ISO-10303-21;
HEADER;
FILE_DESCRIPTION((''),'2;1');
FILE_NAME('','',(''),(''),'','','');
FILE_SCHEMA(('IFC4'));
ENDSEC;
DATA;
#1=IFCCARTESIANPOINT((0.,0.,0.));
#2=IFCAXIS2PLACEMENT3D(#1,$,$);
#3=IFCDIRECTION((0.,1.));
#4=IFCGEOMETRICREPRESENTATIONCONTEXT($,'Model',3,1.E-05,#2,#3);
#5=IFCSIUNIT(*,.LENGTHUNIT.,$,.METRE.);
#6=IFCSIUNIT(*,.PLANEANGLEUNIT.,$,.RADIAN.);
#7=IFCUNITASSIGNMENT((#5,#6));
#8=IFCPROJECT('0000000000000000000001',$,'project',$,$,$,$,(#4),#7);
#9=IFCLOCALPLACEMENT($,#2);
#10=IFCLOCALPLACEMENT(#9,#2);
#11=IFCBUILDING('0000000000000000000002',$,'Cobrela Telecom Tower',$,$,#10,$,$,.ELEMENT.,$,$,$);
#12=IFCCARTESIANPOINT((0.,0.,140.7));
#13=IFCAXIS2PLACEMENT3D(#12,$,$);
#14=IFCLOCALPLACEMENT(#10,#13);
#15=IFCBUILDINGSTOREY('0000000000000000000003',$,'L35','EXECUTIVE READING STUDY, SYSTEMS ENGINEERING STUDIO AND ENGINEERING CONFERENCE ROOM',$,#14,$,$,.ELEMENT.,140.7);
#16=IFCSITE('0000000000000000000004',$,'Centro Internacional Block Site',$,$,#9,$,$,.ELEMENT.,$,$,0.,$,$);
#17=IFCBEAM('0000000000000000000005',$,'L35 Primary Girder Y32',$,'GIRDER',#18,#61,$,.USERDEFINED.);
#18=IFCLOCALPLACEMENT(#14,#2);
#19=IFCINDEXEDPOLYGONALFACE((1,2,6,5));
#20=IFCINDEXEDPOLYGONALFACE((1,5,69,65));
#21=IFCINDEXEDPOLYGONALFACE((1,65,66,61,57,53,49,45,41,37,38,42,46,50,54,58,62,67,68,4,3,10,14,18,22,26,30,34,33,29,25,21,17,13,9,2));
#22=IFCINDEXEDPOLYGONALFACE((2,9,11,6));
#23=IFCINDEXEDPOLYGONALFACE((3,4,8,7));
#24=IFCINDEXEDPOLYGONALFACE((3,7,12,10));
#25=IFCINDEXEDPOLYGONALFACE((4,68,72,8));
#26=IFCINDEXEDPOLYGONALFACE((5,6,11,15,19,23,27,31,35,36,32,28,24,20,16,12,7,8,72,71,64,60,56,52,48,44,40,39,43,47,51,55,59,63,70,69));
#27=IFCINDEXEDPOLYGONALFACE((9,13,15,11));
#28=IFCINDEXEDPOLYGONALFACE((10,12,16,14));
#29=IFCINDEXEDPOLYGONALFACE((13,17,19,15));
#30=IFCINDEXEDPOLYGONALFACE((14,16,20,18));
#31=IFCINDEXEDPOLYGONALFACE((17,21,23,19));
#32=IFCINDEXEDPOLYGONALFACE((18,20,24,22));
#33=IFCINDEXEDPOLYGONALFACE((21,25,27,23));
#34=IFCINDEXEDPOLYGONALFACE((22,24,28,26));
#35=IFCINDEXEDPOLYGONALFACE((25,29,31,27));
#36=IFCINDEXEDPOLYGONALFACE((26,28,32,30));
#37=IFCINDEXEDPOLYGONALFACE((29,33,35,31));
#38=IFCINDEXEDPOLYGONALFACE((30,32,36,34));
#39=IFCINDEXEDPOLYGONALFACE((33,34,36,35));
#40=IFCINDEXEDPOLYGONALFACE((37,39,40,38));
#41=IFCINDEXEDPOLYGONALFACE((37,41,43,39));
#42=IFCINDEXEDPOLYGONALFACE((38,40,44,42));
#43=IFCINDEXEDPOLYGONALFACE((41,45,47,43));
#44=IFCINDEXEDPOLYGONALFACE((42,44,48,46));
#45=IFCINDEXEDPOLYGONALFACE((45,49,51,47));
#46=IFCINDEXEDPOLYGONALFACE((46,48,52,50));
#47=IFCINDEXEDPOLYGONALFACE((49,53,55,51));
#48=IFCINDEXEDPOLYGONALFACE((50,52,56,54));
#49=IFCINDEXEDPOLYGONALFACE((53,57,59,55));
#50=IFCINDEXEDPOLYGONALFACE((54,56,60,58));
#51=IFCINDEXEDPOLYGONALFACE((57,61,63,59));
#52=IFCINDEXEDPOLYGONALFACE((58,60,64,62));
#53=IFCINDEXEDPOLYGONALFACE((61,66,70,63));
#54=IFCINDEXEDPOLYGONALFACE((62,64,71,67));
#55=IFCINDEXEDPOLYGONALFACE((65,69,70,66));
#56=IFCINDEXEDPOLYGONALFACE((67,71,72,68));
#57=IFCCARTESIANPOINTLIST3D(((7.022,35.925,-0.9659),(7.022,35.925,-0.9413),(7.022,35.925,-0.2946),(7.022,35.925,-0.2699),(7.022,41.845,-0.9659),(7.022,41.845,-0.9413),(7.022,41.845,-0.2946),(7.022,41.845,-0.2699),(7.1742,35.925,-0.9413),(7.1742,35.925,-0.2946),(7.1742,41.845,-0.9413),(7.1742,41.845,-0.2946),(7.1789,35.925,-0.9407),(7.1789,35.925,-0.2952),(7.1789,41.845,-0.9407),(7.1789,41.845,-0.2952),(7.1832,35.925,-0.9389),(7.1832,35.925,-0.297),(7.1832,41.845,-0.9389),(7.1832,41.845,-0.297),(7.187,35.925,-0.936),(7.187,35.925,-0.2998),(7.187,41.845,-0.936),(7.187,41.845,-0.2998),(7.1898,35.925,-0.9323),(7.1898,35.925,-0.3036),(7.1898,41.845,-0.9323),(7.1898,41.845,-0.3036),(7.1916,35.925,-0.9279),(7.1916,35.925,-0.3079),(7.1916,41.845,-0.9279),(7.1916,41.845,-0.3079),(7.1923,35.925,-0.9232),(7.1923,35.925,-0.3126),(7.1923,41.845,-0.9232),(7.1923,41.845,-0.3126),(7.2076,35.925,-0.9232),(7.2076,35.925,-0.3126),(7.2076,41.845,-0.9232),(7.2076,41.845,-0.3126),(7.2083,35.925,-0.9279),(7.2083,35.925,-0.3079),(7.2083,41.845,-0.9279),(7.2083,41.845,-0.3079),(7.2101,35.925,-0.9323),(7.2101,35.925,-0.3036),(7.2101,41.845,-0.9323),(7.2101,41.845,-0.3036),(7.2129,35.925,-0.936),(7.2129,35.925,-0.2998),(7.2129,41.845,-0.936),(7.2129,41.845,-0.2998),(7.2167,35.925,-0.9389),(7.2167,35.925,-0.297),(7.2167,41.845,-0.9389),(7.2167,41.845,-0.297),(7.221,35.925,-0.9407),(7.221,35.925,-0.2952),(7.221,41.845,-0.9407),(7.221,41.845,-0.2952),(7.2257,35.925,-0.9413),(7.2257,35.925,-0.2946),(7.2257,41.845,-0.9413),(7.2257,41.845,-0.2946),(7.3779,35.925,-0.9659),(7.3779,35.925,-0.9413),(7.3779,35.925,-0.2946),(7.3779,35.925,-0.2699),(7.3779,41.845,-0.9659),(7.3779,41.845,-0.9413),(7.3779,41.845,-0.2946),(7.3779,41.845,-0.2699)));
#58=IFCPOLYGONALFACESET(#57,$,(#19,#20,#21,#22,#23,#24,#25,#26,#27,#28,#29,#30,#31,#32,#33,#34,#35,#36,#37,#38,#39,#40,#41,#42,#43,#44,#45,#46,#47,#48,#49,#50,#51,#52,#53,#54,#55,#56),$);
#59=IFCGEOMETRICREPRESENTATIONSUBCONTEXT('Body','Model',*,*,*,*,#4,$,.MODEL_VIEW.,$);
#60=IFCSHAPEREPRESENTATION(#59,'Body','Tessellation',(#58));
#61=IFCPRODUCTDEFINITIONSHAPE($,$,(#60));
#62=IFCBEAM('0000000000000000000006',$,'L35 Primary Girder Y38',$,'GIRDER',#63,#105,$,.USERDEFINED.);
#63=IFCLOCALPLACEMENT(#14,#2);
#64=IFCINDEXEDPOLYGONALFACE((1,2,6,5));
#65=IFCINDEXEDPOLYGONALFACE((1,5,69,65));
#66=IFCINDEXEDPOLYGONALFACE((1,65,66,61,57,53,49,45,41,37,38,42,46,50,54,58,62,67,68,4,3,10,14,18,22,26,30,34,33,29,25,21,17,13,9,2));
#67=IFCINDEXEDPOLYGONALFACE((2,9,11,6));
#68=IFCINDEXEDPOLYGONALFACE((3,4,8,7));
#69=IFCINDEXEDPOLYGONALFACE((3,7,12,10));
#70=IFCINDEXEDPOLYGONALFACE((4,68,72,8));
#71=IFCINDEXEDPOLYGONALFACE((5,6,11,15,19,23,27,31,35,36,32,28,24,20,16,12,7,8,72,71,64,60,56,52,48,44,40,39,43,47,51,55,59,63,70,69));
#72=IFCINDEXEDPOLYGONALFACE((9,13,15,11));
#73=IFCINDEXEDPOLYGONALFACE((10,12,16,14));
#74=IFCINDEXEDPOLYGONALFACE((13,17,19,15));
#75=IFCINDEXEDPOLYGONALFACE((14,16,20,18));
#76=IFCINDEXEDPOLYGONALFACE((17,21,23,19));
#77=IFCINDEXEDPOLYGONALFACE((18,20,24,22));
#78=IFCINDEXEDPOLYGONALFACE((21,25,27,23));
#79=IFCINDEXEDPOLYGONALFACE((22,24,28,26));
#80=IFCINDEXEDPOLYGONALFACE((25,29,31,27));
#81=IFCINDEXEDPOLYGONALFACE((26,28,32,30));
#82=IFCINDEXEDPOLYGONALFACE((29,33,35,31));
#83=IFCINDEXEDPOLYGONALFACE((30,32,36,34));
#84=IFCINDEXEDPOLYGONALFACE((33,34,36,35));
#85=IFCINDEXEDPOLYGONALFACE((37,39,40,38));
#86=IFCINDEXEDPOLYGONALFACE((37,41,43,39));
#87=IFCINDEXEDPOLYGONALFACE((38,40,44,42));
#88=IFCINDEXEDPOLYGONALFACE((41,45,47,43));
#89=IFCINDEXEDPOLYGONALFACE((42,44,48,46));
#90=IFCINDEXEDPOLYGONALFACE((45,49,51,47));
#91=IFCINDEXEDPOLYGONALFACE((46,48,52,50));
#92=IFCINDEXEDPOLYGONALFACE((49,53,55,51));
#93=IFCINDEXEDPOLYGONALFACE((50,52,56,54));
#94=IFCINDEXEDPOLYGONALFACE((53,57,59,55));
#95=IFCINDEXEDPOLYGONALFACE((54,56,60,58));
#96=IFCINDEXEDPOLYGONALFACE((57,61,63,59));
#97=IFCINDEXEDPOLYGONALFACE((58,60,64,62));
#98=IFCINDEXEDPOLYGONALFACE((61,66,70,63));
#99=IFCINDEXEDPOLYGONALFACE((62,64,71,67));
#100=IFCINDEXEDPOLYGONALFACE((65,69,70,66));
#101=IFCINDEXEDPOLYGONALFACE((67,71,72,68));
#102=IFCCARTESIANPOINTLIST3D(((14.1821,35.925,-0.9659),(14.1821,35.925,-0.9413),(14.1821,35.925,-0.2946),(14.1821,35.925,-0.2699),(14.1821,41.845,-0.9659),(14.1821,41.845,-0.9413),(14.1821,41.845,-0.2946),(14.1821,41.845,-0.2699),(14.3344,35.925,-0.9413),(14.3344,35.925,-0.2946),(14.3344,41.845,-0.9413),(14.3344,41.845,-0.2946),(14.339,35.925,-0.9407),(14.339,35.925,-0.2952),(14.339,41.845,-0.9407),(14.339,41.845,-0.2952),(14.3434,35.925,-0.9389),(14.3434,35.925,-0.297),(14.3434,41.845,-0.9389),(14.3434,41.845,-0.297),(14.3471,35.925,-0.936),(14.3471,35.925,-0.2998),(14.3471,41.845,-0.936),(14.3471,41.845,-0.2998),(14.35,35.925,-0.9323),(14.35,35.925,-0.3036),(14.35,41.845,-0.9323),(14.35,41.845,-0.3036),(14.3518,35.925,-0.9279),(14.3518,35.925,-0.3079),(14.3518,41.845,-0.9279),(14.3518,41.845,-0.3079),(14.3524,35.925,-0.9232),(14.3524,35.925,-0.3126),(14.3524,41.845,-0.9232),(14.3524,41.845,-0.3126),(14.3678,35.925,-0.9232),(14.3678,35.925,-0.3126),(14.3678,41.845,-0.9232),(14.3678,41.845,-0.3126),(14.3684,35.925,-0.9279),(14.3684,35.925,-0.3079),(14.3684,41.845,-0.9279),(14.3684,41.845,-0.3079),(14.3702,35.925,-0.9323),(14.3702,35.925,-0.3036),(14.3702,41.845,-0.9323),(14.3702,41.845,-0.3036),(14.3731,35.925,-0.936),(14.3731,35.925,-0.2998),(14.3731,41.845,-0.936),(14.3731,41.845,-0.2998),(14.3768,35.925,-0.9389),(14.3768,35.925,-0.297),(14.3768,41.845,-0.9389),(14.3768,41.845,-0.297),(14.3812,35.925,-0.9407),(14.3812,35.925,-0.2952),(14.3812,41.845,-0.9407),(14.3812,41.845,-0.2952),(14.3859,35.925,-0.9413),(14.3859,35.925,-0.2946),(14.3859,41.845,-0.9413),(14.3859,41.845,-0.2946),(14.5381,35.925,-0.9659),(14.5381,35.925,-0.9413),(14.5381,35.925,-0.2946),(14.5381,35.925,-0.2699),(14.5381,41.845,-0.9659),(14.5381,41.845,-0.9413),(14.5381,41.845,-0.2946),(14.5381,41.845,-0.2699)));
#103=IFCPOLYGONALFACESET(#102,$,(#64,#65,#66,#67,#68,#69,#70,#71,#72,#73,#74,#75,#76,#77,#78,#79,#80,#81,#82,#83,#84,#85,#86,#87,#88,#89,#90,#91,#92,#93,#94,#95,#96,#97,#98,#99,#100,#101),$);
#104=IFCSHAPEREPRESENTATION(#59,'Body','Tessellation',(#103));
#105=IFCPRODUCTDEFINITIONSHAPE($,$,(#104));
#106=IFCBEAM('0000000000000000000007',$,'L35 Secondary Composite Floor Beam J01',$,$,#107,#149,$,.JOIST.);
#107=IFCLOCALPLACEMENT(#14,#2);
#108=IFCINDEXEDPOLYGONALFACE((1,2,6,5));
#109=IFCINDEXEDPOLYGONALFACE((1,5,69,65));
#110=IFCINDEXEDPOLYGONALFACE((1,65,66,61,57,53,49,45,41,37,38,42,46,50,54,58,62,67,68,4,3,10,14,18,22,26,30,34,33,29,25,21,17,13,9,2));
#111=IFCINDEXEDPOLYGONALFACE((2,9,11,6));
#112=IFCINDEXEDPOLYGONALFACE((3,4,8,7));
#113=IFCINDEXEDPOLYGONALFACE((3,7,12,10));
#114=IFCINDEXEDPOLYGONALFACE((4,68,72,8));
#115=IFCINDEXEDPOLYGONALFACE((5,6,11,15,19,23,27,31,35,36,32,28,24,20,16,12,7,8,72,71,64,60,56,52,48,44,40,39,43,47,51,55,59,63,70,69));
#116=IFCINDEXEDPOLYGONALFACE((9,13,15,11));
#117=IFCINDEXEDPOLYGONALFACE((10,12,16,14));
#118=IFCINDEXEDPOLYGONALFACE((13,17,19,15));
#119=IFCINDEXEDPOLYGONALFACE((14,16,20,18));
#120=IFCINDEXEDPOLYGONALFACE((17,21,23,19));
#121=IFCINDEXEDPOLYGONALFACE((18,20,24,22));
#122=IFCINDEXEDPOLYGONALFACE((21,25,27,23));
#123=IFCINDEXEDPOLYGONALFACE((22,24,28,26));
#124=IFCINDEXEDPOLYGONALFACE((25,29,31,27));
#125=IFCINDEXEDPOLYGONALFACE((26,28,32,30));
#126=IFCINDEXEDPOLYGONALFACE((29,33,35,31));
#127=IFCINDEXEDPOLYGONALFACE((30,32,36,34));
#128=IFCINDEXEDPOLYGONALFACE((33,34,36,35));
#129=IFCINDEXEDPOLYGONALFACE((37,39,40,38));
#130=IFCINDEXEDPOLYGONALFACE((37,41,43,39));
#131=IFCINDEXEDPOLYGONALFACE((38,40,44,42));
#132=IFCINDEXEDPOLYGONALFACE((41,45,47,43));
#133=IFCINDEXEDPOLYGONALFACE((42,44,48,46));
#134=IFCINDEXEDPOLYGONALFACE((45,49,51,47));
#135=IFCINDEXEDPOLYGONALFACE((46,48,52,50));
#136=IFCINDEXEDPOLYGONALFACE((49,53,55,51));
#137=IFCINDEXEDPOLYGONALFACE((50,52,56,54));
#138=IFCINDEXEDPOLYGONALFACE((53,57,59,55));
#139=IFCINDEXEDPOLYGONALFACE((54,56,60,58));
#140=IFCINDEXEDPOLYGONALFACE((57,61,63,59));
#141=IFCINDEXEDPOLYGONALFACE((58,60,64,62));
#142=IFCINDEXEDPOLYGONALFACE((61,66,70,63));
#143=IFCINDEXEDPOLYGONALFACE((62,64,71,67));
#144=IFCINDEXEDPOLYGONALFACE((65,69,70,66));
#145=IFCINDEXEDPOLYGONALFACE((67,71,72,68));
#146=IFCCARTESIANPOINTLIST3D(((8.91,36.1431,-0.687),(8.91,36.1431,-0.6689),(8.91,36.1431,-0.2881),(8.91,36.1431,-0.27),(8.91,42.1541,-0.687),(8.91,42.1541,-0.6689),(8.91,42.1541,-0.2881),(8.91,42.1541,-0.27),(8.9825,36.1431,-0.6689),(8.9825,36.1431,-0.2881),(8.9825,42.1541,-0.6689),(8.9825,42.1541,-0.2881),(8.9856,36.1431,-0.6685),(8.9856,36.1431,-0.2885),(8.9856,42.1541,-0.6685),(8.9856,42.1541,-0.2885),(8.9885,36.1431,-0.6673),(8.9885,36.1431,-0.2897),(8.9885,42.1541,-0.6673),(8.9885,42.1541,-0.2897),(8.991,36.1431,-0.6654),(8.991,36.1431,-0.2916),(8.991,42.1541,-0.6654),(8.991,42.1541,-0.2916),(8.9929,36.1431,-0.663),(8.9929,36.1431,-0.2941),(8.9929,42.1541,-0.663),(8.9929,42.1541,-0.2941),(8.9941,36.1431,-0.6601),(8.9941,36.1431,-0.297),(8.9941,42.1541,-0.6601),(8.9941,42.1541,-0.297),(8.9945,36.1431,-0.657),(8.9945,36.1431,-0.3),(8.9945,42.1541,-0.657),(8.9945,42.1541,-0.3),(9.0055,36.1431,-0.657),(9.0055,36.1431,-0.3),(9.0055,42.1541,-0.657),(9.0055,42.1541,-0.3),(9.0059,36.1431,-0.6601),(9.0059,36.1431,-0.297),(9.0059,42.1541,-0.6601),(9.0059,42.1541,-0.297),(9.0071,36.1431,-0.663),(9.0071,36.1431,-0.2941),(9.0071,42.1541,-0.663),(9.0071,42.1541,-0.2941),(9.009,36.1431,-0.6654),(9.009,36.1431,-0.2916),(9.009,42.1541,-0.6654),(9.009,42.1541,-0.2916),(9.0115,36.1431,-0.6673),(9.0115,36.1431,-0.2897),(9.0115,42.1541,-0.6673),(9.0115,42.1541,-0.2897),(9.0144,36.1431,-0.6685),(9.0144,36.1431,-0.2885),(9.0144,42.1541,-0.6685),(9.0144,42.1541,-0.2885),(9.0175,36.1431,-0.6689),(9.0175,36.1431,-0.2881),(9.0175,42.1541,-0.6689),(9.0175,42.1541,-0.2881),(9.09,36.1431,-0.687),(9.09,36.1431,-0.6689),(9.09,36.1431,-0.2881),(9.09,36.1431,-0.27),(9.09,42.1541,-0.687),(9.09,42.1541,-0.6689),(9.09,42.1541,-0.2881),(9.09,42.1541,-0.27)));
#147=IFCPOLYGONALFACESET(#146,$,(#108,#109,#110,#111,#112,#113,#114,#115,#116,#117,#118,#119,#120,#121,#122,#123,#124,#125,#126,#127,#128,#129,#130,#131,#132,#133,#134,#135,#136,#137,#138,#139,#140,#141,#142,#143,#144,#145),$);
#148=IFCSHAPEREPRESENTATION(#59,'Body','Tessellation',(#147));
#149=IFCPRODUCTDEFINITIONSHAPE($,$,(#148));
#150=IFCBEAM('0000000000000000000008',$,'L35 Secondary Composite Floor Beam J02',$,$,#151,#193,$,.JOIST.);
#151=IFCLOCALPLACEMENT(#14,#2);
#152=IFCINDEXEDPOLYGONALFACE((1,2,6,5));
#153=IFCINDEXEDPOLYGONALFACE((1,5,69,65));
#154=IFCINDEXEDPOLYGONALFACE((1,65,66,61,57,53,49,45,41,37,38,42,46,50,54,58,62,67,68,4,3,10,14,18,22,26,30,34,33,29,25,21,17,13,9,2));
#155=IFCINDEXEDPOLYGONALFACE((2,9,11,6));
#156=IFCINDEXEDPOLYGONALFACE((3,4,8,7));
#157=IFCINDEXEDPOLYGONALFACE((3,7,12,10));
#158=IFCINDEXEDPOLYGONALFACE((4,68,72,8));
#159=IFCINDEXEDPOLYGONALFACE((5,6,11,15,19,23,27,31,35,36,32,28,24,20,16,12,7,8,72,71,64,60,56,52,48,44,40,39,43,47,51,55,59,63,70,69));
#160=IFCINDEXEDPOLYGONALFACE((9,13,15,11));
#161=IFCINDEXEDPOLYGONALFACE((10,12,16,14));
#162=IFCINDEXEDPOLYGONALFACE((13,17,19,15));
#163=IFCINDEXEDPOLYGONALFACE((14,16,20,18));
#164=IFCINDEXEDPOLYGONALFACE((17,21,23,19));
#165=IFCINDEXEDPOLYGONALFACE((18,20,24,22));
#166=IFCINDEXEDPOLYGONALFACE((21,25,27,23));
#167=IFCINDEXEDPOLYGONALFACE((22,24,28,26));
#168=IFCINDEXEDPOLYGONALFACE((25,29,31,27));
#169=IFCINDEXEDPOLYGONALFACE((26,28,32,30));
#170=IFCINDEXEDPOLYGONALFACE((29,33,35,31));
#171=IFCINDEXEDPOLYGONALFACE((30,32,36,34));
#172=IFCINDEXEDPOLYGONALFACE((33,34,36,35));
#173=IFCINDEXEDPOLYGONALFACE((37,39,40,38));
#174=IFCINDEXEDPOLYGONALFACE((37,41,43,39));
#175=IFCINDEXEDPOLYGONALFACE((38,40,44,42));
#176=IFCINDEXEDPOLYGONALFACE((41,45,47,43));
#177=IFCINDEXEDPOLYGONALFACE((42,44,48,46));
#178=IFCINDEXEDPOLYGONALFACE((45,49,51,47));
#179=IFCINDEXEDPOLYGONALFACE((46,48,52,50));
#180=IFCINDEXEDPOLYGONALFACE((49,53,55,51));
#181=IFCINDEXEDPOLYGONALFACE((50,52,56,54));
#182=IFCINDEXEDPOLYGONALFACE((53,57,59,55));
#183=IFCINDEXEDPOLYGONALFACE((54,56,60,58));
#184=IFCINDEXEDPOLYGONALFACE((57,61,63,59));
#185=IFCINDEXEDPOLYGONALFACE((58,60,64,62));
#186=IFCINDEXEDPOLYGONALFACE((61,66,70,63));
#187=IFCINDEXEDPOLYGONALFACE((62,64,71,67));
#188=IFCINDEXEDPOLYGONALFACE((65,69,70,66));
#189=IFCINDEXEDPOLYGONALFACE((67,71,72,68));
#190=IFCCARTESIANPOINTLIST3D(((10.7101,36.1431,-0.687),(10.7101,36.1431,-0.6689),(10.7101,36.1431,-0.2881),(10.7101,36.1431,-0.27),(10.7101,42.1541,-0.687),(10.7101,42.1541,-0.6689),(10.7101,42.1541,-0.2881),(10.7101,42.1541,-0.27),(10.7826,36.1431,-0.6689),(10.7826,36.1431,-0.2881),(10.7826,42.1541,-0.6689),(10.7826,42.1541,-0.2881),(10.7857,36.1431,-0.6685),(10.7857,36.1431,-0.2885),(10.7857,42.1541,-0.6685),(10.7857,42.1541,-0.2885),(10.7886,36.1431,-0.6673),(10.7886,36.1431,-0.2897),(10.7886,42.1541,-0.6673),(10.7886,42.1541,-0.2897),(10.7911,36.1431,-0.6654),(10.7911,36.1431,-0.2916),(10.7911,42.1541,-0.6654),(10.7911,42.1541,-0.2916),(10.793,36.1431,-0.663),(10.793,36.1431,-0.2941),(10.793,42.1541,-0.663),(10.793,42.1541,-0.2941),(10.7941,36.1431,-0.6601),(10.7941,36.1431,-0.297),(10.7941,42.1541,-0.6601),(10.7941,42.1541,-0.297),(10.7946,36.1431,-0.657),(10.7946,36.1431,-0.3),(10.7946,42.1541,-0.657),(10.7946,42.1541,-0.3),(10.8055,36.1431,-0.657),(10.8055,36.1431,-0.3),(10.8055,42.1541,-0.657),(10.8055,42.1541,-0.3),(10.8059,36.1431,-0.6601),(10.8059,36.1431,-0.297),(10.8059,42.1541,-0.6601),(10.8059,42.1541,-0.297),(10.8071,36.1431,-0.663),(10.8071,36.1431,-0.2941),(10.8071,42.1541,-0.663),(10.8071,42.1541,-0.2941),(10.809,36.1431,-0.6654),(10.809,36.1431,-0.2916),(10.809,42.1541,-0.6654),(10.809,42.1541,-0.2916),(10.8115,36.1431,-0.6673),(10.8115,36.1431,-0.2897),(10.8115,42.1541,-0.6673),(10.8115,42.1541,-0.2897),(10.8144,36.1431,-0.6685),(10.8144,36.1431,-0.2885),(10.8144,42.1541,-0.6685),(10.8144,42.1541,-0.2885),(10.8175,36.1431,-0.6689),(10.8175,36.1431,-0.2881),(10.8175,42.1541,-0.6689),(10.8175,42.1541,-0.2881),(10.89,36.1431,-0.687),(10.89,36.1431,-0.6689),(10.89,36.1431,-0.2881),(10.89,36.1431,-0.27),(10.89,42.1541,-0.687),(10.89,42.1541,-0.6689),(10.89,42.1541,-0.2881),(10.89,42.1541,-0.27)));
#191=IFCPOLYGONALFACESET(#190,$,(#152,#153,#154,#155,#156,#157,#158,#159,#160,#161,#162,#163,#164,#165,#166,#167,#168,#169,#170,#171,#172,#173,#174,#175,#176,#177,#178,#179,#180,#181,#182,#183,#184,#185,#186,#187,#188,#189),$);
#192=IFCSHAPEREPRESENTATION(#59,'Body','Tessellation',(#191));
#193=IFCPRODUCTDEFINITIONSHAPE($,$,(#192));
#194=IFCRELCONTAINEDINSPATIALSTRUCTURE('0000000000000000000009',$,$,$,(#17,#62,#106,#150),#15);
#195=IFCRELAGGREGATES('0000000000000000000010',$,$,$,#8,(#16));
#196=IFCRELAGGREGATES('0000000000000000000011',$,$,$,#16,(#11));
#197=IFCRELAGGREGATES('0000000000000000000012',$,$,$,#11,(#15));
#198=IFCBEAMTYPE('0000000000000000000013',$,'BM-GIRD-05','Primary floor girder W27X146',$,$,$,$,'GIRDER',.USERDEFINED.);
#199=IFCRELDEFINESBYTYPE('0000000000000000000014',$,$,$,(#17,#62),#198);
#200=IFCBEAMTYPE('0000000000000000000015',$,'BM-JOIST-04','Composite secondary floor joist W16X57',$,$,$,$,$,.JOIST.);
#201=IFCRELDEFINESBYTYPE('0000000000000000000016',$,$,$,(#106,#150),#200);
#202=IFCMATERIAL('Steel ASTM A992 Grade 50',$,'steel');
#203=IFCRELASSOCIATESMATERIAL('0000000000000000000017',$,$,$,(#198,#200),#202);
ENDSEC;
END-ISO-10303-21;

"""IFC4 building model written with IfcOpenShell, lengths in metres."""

from ifc_helpers import new_model, si_unit, direction, frame, origin, origin_2d, place, context, subcontext, project, spatial, i_section, extrude, material, material_profile, profile_set, type_object, element, save


model = new_model("IFC4")

# Units and contexts
model_context = context("Model", 3, precision=1e-05, world=origin(), true_north=direction((0.0, 1.0)))
body_context = subcontext(model_context, "Body", "Model", "MODEL_VIEW")
ifc_project = project(units=[si_unit("LENGTHUNIT", "METRE"), si_unit("PLANEANGLEUNIT", "RADIAN")], contexts=[model_context])

# Site, building, storey
site_placement = place(None, origin())
site = spatial("IfcSite", under=ifc_project, at=site_placement, Name="Centro Internacional Block Site", CompositionType="ELEMENT", RefElevation=0.0)
building_placement = place(site_placement, origin())
building = spatial("IfcBuilding", under=site, at=building_placement, Name="Cobrela Telecom Tower", CompositionType="ELEMENT")
storey_placement = place(building_placement, frame((0.0, 0.0, 140.7)))
storey = spatial("IfcBuildingStorey", under=building, at=storey_placement, Name="L35", Description="EXECUTIVE READING STUDY, SYSTEMS ENGINEERING STUDIO AND ENGINEERING CONFERENCE ROOM", CompositionType="ELEMENT", Elevation=140.7)

# Beams
ifc_material_1 = material(Name="Steel ASTM A992 Grade 50", Category="steel")
ifc_material_profile_1 = material_profile(ifc_material_1, i_section(OverallWidth=0.356, OverallDepth=0.696, WebThickness=0.0154, FlangeThickness=0.0247, FilletRadius=0.0181, at=origin_2d()), Name="W27X146")
ifc_profile_set_1 = profile_set([ifc_material_profile_1], Name="Steel ASTM A992 Grade 50")
beam_type_1 = type_object("IfcBeamType", Name="BM-GIRD-05", Description="Primary floor girder W27X146", ElementType="GIRDER", PredefinedType="USERDEFINED", material=ifc_profile_set_1)
for number, where, z_axis, x_axis, name in (
    (1, (7.2, 35.925, -0.6179), (0.0, 1.0, 0.0), (-1.0, 0.0, 0.0), "L35 Primary Girder Y32"),
    (2, (14.3601, 35.925, -0.6179), (0.0, 1.0, 0.0), (-1.0, 0.0, 0.0), "L35 Primary Girder Y38"),
):
    element("IfcBeam", number, at=place(storey_placement, frame(where, z_axis=z_axis, x_axis=x_axis)), inside=storey, type_object=beam_type_1, Name=name, ObjectType="GIRDER", PredefinedType="USERDEFINED", context=body_context, shape_type="SweptSolid", body=[
        extrude(i_section(OverallWidth=0.356, OverallDepth=0.696, WebThickness=0.0154, FlangeThickness=0.0247, FilletRadius=0.0181, at=origin_2d()), origin(), (0.0, 0.0, 1.0), 5.9199),
    ])
ifc_material_profile_2 = material_profile(ifc_material_1, i_section(OverallWidth=0.1799, OverallDepth=0.417, WebThickness=0.011, FlangeThickness=0.0181, FilletRadius=0.012, at=origin_2d()), Name="W16X57")
ifc_profile_set_2 = profile_set([ifc_material_profile_2], Name="Steel ASTM A992 Grade 50")
beam_type_2 = type_object("IfcBeamType", Name="BM-JOIST-04", Description="Composite secondary floor joist W16X57", PredefinedType="JOIST", material=ifc_profile_set_2)
for number, where, z_axis, x_axis, name in (
    (3, (9.0, 36.1431, -0.4785), (0.0, 1.0, 0.0), (-1.0, 0.0, 0.0), "L35 Secondary Composite Floor Beam J01"),
    (4, (10.8, 36.1431, -0.4785), (0.0, 1.0, 0.0), (-1.0, 0.0, 0.0), "L35 Secondary Composite Floor Beam J02"),
):
    element("IfcBeam", number, at=place(storey_placement, frame(where, z_axis=z_axis, x_axis=x_axis)), inside=storey, type_object=beam_type_2, Name=name, PredefinedType="JOIST", context=body_context, shape_type="SweptSolid", body=[
        extrude(i_section(OverallWidth=0.1799, OverallDepth=0.417, WebThickness=0.011, FlangeThickness=0.0181, FilletRadius=0.012, at=origin_2d()), origin(), (0.0, 0.0, 1.0), 6.011),
    ])

save(model, "model.ifc")
